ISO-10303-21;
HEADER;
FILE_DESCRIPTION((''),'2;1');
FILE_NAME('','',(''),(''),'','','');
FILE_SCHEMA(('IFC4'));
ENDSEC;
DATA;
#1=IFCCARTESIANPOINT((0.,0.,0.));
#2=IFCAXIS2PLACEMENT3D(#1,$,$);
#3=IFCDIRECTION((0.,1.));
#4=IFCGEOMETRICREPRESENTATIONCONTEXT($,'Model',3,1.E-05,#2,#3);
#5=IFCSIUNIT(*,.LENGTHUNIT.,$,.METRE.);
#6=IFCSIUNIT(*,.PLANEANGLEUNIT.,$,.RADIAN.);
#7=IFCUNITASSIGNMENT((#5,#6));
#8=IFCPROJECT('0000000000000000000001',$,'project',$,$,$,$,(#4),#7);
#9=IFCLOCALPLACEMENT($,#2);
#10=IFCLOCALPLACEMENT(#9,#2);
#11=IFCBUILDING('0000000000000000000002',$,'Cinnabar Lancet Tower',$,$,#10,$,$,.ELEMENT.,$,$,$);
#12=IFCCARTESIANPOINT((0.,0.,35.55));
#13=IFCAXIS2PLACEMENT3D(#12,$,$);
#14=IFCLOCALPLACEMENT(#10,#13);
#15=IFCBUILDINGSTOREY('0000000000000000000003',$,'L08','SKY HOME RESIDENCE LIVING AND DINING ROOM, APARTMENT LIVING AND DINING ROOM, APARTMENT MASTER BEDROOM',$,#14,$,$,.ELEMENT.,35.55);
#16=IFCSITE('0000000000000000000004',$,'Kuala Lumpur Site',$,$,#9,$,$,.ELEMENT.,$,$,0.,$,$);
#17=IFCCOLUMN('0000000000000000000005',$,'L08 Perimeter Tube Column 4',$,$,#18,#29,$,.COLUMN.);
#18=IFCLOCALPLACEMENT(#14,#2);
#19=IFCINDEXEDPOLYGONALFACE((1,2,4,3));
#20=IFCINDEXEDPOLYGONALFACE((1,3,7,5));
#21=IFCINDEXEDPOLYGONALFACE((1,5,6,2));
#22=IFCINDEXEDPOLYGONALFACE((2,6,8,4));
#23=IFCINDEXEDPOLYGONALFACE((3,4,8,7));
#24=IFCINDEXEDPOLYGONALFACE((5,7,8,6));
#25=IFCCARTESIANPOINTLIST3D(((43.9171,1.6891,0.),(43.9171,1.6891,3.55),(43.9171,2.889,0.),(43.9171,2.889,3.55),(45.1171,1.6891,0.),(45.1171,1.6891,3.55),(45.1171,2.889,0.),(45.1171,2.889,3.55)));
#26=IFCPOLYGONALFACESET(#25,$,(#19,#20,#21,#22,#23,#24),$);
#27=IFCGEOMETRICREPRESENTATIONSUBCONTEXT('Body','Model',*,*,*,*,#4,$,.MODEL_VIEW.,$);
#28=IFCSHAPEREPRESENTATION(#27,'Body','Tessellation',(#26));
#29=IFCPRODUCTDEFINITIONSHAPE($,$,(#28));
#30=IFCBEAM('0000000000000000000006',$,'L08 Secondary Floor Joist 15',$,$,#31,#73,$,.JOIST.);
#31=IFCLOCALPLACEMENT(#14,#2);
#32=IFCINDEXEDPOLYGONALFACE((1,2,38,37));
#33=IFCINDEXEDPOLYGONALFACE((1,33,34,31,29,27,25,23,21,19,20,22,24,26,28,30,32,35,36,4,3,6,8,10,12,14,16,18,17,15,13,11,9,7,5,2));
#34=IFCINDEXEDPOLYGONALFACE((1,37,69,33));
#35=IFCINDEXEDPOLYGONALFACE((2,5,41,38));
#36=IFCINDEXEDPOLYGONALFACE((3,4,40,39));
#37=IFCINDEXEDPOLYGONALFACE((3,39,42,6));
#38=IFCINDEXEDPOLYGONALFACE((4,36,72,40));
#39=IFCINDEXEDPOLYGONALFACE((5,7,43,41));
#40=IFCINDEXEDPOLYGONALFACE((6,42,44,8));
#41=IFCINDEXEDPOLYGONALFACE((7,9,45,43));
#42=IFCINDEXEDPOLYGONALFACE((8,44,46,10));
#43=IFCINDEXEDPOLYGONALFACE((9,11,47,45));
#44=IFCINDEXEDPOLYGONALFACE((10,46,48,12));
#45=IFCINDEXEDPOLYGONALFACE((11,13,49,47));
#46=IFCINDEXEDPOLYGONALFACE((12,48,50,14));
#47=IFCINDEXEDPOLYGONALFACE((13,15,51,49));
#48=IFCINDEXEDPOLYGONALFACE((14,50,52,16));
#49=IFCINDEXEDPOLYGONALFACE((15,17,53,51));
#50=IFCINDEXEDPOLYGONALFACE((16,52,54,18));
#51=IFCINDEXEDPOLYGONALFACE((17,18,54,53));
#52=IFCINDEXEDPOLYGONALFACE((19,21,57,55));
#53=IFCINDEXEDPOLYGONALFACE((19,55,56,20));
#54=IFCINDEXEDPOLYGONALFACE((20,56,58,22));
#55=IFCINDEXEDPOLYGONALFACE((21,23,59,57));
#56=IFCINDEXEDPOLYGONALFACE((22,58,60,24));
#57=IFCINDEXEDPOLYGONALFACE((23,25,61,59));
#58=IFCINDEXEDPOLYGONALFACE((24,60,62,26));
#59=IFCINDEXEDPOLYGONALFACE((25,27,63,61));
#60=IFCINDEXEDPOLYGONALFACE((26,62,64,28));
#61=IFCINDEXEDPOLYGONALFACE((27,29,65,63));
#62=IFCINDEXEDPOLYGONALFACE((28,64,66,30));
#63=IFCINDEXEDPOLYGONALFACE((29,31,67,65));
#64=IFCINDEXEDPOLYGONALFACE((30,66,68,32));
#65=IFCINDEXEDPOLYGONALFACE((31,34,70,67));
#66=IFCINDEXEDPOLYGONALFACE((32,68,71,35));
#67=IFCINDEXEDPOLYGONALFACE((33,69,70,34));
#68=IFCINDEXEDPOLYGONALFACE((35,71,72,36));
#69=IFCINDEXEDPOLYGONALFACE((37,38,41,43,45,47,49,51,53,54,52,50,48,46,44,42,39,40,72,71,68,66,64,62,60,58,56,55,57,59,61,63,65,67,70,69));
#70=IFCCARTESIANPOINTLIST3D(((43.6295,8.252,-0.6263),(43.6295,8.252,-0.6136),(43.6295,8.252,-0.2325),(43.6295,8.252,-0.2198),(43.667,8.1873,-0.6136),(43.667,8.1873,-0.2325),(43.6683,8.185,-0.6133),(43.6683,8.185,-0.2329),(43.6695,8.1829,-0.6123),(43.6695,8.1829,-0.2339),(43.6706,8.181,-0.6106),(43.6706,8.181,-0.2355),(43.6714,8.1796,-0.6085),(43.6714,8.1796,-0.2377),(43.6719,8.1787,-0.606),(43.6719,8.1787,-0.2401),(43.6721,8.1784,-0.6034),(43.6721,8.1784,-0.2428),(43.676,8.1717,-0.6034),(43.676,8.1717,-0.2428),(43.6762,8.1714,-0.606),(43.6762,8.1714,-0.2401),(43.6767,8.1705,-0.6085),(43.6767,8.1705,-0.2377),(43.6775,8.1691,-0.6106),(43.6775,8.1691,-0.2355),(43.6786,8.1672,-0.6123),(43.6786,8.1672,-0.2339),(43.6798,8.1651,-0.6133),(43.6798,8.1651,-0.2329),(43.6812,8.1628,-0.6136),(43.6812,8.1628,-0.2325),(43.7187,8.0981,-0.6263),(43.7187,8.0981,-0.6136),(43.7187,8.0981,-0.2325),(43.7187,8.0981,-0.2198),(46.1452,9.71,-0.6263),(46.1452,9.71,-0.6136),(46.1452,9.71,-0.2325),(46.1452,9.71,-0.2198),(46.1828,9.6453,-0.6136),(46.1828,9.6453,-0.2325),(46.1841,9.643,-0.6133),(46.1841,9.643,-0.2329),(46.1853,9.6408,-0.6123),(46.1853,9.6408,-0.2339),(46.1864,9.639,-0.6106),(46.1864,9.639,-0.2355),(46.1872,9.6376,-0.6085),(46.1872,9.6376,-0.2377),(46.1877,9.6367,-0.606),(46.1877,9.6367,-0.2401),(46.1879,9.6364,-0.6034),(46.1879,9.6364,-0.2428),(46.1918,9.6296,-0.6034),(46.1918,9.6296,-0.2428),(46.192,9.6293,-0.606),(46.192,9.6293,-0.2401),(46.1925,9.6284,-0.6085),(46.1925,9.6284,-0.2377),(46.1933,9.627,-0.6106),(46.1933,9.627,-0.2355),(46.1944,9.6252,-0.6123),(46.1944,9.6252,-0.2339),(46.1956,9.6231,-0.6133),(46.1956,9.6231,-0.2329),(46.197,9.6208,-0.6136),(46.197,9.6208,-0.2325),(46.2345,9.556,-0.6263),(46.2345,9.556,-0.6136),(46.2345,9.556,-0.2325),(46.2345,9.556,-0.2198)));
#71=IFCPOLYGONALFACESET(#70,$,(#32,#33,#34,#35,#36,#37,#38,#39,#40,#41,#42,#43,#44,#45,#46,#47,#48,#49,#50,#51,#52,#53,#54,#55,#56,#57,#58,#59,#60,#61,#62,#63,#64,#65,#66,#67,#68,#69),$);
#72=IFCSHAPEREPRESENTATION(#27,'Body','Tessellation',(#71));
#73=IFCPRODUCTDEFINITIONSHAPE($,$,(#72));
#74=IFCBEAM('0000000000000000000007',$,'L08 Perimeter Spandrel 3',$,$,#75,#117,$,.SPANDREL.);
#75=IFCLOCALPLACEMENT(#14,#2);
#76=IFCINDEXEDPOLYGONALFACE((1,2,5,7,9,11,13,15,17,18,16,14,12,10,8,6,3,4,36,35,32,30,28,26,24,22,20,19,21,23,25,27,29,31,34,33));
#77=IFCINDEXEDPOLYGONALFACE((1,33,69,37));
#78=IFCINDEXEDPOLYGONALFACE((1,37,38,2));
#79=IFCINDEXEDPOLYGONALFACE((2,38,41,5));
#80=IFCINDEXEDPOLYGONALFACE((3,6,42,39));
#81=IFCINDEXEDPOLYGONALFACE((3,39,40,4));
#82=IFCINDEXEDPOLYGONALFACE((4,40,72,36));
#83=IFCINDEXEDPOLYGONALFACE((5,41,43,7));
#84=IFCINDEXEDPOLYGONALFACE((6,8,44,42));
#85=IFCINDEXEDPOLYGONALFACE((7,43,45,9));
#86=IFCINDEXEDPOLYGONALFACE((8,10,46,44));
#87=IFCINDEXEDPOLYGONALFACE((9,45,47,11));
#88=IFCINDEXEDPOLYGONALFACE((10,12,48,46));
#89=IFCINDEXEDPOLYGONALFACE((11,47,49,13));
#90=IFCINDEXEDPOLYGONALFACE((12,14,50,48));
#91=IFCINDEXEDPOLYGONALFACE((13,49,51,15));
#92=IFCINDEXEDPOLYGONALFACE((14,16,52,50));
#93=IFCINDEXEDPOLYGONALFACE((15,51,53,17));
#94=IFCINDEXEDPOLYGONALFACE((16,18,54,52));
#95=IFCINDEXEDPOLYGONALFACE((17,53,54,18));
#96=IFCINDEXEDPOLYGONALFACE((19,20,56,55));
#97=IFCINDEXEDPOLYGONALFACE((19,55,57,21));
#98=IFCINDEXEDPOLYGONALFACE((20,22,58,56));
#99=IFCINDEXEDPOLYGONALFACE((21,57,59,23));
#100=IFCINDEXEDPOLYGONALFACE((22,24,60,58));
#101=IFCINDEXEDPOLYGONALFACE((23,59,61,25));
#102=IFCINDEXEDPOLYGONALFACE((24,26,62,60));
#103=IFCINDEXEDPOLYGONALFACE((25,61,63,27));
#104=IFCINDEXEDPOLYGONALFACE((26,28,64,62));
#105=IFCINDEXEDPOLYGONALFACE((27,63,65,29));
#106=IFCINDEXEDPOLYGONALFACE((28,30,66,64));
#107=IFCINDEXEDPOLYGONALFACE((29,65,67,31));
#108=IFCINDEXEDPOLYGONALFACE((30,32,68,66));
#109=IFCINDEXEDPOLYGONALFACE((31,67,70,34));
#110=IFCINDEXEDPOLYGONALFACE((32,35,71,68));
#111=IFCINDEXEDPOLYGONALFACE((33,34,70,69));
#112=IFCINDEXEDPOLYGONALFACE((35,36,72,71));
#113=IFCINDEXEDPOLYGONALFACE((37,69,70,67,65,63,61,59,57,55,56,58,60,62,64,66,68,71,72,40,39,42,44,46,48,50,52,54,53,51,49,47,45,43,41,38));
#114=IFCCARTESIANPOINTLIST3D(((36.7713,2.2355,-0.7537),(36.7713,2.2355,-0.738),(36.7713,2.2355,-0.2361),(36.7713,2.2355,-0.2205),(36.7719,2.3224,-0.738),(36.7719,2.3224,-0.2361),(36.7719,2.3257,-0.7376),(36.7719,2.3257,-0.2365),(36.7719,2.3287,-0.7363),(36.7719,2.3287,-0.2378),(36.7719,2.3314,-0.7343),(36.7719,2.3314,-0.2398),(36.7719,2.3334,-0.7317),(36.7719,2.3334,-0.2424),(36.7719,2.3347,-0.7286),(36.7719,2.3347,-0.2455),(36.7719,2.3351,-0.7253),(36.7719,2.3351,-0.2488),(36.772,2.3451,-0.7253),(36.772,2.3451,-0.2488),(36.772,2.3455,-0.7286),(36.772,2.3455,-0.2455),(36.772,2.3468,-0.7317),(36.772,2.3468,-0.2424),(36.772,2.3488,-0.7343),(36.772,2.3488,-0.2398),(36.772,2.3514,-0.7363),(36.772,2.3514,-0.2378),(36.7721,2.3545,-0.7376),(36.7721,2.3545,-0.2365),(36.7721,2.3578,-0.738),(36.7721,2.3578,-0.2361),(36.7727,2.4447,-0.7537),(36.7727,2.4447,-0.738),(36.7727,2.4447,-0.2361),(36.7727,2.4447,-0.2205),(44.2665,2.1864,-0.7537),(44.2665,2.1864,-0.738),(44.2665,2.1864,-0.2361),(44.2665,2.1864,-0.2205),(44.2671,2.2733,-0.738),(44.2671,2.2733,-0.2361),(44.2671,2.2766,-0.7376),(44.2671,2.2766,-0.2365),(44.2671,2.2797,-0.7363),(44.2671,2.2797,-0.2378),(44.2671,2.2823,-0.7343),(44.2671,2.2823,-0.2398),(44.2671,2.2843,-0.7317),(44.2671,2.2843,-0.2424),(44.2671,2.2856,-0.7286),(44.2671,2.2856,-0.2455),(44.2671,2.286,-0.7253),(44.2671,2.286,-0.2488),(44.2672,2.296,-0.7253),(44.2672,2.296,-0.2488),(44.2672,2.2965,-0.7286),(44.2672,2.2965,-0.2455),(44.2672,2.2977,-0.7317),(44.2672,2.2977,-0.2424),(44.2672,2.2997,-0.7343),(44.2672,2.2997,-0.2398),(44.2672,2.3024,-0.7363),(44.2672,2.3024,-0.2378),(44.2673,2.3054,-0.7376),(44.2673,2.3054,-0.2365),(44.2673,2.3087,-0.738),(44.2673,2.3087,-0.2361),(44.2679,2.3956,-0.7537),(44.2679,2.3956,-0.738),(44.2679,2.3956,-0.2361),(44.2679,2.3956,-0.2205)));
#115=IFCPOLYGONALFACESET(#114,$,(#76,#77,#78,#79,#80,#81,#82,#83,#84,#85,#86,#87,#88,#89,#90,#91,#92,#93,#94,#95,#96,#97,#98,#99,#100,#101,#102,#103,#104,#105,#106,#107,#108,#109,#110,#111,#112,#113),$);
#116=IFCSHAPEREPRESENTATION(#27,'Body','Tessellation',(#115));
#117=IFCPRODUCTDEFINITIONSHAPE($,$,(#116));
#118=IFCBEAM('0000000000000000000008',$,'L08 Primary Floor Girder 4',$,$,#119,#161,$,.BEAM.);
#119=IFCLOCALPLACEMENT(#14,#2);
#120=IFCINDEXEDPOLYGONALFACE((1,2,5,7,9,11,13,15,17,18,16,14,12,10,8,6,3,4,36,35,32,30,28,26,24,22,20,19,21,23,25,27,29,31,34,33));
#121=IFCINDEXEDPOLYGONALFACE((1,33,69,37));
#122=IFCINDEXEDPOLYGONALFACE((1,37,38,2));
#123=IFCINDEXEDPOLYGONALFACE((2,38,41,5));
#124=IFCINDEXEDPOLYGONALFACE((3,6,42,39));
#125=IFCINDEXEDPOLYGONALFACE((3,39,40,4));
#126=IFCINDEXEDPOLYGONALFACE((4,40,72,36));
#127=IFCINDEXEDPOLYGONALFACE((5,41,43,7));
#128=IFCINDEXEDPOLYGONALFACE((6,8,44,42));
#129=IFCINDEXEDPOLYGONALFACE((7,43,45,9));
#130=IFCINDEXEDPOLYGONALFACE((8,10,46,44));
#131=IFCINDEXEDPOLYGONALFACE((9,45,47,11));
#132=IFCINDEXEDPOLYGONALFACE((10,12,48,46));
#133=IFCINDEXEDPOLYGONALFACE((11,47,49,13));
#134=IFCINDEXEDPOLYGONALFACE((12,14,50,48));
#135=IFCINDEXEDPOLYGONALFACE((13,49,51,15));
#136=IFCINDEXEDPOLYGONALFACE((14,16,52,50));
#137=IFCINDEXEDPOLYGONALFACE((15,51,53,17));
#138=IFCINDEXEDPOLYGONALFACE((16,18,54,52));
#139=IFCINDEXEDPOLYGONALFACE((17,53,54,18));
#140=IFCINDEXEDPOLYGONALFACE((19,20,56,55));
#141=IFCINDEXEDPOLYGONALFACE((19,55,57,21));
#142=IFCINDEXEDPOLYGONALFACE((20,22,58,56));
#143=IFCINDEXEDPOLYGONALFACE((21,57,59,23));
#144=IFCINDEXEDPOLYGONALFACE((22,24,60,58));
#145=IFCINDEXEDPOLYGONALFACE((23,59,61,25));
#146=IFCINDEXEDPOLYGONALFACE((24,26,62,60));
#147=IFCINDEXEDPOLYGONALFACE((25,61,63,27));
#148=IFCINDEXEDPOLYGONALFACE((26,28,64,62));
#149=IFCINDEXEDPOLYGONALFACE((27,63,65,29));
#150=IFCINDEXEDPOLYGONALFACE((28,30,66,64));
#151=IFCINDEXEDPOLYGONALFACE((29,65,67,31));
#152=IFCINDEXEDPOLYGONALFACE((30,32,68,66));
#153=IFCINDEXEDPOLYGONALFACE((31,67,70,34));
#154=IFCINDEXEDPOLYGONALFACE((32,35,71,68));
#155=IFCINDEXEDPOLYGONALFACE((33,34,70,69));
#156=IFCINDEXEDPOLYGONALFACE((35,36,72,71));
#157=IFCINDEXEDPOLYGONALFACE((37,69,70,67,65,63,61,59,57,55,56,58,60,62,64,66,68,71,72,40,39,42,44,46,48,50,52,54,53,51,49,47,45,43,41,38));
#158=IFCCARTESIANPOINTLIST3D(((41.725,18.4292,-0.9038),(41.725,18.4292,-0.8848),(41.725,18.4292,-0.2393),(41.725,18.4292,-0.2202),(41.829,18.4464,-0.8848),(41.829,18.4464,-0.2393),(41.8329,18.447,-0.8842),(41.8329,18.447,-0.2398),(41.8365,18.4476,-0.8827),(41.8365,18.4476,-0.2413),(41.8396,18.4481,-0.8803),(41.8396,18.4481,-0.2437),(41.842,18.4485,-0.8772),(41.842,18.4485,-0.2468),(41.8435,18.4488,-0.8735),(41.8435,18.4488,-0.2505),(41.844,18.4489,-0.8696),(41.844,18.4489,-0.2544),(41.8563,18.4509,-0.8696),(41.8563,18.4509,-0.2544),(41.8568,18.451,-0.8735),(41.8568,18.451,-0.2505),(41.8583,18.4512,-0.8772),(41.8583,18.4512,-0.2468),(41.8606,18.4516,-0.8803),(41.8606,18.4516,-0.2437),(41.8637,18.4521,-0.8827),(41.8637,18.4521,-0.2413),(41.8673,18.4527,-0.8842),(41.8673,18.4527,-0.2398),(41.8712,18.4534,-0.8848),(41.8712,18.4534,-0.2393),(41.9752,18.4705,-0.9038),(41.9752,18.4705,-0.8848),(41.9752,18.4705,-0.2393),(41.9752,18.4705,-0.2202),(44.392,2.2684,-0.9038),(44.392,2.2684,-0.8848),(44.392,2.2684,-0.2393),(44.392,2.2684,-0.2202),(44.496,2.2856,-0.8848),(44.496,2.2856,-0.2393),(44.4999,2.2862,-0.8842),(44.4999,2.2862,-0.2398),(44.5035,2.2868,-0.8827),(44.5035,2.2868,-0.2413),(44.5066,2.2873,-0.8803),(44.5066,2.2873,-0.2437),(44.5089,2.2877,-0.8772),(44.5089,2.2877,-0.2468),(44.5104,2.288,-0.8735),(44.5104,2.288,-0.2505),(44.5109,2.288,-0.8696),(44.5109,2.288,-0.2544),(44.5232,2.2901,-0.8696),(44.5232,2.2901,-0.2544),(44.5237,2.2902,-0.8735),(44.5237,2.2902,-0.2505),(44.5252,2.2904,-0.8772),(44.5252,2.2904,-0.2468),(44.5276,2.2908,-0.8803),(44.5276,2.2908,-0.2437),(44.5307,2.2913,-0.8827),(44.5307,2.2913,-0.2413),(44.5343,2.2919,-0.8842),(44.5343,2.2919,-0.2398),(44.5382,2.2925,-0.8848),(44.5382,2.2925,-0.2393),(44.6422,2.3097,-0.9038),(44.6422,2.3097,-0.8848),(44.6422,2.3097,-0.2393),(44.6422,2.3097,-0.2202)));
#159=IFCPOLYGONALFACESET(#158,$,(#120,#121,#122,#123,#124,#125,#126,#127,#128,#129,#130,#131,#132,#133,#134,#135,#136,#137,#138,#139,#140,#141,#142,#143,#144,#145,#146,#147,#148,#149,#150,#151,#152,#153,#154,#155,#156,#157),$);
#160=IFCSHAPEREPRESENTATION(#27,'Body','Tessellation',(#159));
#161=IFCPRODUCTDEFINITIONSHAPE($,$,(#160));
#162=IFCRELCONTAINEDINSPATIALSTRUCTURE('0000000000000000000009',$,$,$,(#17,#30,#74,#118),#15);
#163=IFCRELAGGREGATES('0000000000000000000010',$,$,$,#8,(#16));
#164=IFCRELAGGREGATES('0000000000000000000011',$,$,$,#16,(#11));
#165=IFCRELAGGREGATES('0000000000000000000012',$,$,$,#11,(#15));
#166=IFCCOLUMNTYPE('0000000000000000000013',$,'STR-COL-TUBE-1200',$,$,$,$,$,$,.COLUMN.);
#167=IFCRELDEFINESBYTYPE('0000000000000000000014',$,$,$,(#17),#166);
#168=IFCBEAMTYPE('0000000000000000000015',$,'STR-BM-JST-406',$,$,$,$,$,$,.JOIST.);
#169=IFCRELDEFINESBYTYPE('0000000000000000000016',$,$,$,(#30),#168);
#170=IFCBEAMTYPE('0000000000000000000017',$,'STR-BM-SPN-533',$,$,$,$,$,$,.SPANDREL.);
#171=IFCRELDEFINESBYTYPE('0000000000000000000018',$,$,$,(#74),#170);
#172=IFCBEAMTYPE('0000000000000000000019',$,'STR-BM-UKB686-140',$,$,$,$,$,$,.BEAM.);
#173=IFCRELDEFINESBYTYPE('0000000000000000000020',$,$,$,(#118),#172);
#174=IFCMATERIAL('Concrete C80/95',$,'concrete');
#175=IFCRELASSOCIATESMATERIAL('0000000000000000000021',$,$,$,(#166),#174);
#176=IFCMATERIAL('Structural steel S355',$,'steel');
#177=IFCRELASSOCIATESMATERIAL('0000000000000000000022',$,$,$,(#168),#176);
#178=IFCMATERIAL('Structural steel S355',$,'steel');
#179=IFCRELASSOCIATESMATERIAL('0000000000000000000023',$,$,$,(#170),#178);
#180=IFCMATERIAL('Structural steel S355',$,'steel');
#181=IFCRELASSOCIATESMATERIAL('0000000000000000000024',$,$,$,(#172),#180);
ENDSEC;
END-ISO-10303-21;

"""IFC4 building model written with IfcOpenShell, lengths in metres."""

from ifc_helpers import new_model, si_unit, direction, frame, origin, origin_2d, place, context, subcontext, project, spatial, rectangle, i_section, extrude, material, material_profile, profile_set, type_object, element, save


model = new_model("IFC4")

# Units and contexts
model_context = context("Model", 3, precision=1e-05, world=origin(), true_north=direction((0.0, 1.0)))
body_context = subcontext(model_context, "Body", "Model", "MODEL_VIEW")
ifc_project = project(units=[si_unit("LENGTHUNIT", "METRE"), si_unit("PLANEANGLEUNIT", "RADIAN")], contexts=[model_context])

# Site, building, storey
site_placement = place(None, origin())
site = spatial("IfcSite", under=ifc_project, at=site_placement, Name="Kuala Lumpur Site", CompositionType="ELEMENT", RefElevation=0.0)
building_placement = place(site_placement, origin())
building = spatial("IfcBuilding", under=site, at=building_placement, Name="Cinnabar Lancet Tower", CompositionType="ELEMENT")
storey_placement = place(building_placement, frame((0.0, 0.0, 35.55)))
storey = spatial("IfcBuildingStorey", under=building, at=storey_placement, Name="L08", Description="SKY HOME RESIDENCE LIVING AND DINING ROOM, APARTMENT LIVING AND DINING ROOM, APARTMENT MASTER BEDROOM", CompositionType="ELEMENT", Elevation=35.55)

# Column
ifc_material_1 = material(Name="Concrete C80/95", Category="concrete")
ifc_material_profile_1 = material_profile(ifc_material_1, rectangle(XDim=1.2, YDim=1.2, at=origin_2d()), Name="RC-COL 1200x1200")
ifc_profile_set_1 = profile_set([ifc_material_profile_1], Name="Concrete C80/95")
column_type = type_object("IfcColumnType", Name="STR-COL-TUBE-1200", PredefinedType="COLUMN", material=ifc_profile_set_1)
column_placement = place(storey_placement, frame((44.5171, 2.2891, 0.0), z_axis=(0.0, 0.0, 1.0), x_axis=(1.0, 0.0, 0.0)))
element("IfcColumn", 1, at=column_placement, inside=storey, type_object=column_type, Name="L08 Perimeter Tube Column 4", PredefinedType="COLUMN", context=body_context, shape_type="SweptSolid", body=[
    extrude(rectangle(XDim=1.2, YDim=1.2, at=origin_2d()), origin(), (0.0, 0.0, 1.0), 3.55),
])

# Beams
ifc_material_2 = material(Name="Structural steel S355", Category="steel")
ifc_material_profile_2 = material_profile(ifc_material_2, i_section(OverallWidth=0.178, OverallDepth=0.4065, WebThickness=0.0078, FlangeThickness=0.0127, FilletRadius=0.0103, at=origin_2d()), Name="UKB 406x178x60")
ifc_profile_set_2 = profile_set([ifc_material_profile_2], Name="Structural steel S355")
beam_type_1 = type_object("IfcBeamType", Name="STR-BM-JST-406", PredefinedType="JOIST", material=ifc_profile_set_2)
beam_1_placement = place(storey_placement, frame((43.6741, 8.175, -0.4231), z_axis=(0.86521, 0.50141, 0.0), x_axis=(-0.50141, 0.86521, 0.0)))
element("IfcBeam", 2, at=beam_1_placement, inside=storey, type_object=beam_type_1, Name="L08 Secondary Floor Joist 15", PredefinedType="JOIST", context=body_context, shape_type="SweptSolid", body=[
    extrude(i_section(OverallWidth=0.178, OverallDepth=0.4065, WebThickness=0.0078, FlangeThickness=0.0127, FilletRadius=0.0103, at=origin_2d()), origin(), (0.0, 0.0, 1.0), 2.9077),
])
ifc_material_3 = material(Name="Structural steel S355", Category="steel")
ifc_material_profile_3 = material_profile(ifc_material_3, i_section(OverallWidth=0.2092, OverallDepth=0.5332, WebThickness=0.01, FlangeThickness=0.0156, FilletRadius=0.0127, at=origin_2d()), Name="UKB 533x210x92")
ifc_profile_set_3 = profile_set([ifc_material_profile_3], Name="Structural steel S355")
beam_type_2 = type_object("IfcBeamType", Name="STR-BM-SPN-533", PredefinedType="SPANDREL", material=ifc_profile_set_3)
beam_2_placement = place(storey_placement, frame((36.772, 2.3401, -0.4871), z_axis=(0.999979, -0.006547, 0.0), x_axis=(0.006547, 0.999979, 0.0)))
element("IfcBeam", 3, at=beam_2_placement, inside=storey, type_object=beam_type_2, Name="L08 Perimeter Spandrel 3", PredefinedType="SPANDREL", context=body_context, shape_type="SweptSolid", body=[
    extrude(i_section(OverallWidth=0.2092, OverallDepth=0.5332, WebThickness=0.01, FlangeThickness=0.0156, FilletRadius=0.0127, at=origin_2d()), origin(), (0.0, 0.0, 1.0), 7.4954),
])
ifc_material_4 = material(Name="Structural steel S355", Category="steel")
ifc_material_profile_4 = material_profile(ifc_material_4, i_section(OverallWidth=0.2537, OverallDepth=0.6836, WebThickness=0.0125, FlangeThickness=0.019, FilletRadius=0.0151, at=origin_2d()), Name="UKB 686x254x140")
ifc_profile_set_4 = profile_set([ifc_material_profile_4], Name="Structural steel S355")
beam_type_3 = type_object("IfcBeamType", Name="STR-BM-UKB686-140", PredefinedType="BEAM", material=ifc_profile_set_4)
beam_3_placement = place(storey_placement, frame((44.5171, 2.2891, -0.562), z_axis=(-0.162825, 0.986655, 0.0), x_axis=(-0.986655, -0.162825, 0.0)))
element("IfcBeam", 4, at=beam_3_placement, inside=storey, type_object=beam_type_3, Name="L08 Primary Floor Girder 4", PredefinedType="BEAM", context=body_context, shape_type="SweptSolid", body=[
    extrude(i_section(OverallWidth=0.2537, OverallDepth=0.6836, WebThickness=0.0125, FlangeThickness=0.019, FilletRadius=0.0151, at=origin_2d()), origin(), (0.0, 0.0, 1.0), 16.3794),
])

save(model, "model.ifc")
